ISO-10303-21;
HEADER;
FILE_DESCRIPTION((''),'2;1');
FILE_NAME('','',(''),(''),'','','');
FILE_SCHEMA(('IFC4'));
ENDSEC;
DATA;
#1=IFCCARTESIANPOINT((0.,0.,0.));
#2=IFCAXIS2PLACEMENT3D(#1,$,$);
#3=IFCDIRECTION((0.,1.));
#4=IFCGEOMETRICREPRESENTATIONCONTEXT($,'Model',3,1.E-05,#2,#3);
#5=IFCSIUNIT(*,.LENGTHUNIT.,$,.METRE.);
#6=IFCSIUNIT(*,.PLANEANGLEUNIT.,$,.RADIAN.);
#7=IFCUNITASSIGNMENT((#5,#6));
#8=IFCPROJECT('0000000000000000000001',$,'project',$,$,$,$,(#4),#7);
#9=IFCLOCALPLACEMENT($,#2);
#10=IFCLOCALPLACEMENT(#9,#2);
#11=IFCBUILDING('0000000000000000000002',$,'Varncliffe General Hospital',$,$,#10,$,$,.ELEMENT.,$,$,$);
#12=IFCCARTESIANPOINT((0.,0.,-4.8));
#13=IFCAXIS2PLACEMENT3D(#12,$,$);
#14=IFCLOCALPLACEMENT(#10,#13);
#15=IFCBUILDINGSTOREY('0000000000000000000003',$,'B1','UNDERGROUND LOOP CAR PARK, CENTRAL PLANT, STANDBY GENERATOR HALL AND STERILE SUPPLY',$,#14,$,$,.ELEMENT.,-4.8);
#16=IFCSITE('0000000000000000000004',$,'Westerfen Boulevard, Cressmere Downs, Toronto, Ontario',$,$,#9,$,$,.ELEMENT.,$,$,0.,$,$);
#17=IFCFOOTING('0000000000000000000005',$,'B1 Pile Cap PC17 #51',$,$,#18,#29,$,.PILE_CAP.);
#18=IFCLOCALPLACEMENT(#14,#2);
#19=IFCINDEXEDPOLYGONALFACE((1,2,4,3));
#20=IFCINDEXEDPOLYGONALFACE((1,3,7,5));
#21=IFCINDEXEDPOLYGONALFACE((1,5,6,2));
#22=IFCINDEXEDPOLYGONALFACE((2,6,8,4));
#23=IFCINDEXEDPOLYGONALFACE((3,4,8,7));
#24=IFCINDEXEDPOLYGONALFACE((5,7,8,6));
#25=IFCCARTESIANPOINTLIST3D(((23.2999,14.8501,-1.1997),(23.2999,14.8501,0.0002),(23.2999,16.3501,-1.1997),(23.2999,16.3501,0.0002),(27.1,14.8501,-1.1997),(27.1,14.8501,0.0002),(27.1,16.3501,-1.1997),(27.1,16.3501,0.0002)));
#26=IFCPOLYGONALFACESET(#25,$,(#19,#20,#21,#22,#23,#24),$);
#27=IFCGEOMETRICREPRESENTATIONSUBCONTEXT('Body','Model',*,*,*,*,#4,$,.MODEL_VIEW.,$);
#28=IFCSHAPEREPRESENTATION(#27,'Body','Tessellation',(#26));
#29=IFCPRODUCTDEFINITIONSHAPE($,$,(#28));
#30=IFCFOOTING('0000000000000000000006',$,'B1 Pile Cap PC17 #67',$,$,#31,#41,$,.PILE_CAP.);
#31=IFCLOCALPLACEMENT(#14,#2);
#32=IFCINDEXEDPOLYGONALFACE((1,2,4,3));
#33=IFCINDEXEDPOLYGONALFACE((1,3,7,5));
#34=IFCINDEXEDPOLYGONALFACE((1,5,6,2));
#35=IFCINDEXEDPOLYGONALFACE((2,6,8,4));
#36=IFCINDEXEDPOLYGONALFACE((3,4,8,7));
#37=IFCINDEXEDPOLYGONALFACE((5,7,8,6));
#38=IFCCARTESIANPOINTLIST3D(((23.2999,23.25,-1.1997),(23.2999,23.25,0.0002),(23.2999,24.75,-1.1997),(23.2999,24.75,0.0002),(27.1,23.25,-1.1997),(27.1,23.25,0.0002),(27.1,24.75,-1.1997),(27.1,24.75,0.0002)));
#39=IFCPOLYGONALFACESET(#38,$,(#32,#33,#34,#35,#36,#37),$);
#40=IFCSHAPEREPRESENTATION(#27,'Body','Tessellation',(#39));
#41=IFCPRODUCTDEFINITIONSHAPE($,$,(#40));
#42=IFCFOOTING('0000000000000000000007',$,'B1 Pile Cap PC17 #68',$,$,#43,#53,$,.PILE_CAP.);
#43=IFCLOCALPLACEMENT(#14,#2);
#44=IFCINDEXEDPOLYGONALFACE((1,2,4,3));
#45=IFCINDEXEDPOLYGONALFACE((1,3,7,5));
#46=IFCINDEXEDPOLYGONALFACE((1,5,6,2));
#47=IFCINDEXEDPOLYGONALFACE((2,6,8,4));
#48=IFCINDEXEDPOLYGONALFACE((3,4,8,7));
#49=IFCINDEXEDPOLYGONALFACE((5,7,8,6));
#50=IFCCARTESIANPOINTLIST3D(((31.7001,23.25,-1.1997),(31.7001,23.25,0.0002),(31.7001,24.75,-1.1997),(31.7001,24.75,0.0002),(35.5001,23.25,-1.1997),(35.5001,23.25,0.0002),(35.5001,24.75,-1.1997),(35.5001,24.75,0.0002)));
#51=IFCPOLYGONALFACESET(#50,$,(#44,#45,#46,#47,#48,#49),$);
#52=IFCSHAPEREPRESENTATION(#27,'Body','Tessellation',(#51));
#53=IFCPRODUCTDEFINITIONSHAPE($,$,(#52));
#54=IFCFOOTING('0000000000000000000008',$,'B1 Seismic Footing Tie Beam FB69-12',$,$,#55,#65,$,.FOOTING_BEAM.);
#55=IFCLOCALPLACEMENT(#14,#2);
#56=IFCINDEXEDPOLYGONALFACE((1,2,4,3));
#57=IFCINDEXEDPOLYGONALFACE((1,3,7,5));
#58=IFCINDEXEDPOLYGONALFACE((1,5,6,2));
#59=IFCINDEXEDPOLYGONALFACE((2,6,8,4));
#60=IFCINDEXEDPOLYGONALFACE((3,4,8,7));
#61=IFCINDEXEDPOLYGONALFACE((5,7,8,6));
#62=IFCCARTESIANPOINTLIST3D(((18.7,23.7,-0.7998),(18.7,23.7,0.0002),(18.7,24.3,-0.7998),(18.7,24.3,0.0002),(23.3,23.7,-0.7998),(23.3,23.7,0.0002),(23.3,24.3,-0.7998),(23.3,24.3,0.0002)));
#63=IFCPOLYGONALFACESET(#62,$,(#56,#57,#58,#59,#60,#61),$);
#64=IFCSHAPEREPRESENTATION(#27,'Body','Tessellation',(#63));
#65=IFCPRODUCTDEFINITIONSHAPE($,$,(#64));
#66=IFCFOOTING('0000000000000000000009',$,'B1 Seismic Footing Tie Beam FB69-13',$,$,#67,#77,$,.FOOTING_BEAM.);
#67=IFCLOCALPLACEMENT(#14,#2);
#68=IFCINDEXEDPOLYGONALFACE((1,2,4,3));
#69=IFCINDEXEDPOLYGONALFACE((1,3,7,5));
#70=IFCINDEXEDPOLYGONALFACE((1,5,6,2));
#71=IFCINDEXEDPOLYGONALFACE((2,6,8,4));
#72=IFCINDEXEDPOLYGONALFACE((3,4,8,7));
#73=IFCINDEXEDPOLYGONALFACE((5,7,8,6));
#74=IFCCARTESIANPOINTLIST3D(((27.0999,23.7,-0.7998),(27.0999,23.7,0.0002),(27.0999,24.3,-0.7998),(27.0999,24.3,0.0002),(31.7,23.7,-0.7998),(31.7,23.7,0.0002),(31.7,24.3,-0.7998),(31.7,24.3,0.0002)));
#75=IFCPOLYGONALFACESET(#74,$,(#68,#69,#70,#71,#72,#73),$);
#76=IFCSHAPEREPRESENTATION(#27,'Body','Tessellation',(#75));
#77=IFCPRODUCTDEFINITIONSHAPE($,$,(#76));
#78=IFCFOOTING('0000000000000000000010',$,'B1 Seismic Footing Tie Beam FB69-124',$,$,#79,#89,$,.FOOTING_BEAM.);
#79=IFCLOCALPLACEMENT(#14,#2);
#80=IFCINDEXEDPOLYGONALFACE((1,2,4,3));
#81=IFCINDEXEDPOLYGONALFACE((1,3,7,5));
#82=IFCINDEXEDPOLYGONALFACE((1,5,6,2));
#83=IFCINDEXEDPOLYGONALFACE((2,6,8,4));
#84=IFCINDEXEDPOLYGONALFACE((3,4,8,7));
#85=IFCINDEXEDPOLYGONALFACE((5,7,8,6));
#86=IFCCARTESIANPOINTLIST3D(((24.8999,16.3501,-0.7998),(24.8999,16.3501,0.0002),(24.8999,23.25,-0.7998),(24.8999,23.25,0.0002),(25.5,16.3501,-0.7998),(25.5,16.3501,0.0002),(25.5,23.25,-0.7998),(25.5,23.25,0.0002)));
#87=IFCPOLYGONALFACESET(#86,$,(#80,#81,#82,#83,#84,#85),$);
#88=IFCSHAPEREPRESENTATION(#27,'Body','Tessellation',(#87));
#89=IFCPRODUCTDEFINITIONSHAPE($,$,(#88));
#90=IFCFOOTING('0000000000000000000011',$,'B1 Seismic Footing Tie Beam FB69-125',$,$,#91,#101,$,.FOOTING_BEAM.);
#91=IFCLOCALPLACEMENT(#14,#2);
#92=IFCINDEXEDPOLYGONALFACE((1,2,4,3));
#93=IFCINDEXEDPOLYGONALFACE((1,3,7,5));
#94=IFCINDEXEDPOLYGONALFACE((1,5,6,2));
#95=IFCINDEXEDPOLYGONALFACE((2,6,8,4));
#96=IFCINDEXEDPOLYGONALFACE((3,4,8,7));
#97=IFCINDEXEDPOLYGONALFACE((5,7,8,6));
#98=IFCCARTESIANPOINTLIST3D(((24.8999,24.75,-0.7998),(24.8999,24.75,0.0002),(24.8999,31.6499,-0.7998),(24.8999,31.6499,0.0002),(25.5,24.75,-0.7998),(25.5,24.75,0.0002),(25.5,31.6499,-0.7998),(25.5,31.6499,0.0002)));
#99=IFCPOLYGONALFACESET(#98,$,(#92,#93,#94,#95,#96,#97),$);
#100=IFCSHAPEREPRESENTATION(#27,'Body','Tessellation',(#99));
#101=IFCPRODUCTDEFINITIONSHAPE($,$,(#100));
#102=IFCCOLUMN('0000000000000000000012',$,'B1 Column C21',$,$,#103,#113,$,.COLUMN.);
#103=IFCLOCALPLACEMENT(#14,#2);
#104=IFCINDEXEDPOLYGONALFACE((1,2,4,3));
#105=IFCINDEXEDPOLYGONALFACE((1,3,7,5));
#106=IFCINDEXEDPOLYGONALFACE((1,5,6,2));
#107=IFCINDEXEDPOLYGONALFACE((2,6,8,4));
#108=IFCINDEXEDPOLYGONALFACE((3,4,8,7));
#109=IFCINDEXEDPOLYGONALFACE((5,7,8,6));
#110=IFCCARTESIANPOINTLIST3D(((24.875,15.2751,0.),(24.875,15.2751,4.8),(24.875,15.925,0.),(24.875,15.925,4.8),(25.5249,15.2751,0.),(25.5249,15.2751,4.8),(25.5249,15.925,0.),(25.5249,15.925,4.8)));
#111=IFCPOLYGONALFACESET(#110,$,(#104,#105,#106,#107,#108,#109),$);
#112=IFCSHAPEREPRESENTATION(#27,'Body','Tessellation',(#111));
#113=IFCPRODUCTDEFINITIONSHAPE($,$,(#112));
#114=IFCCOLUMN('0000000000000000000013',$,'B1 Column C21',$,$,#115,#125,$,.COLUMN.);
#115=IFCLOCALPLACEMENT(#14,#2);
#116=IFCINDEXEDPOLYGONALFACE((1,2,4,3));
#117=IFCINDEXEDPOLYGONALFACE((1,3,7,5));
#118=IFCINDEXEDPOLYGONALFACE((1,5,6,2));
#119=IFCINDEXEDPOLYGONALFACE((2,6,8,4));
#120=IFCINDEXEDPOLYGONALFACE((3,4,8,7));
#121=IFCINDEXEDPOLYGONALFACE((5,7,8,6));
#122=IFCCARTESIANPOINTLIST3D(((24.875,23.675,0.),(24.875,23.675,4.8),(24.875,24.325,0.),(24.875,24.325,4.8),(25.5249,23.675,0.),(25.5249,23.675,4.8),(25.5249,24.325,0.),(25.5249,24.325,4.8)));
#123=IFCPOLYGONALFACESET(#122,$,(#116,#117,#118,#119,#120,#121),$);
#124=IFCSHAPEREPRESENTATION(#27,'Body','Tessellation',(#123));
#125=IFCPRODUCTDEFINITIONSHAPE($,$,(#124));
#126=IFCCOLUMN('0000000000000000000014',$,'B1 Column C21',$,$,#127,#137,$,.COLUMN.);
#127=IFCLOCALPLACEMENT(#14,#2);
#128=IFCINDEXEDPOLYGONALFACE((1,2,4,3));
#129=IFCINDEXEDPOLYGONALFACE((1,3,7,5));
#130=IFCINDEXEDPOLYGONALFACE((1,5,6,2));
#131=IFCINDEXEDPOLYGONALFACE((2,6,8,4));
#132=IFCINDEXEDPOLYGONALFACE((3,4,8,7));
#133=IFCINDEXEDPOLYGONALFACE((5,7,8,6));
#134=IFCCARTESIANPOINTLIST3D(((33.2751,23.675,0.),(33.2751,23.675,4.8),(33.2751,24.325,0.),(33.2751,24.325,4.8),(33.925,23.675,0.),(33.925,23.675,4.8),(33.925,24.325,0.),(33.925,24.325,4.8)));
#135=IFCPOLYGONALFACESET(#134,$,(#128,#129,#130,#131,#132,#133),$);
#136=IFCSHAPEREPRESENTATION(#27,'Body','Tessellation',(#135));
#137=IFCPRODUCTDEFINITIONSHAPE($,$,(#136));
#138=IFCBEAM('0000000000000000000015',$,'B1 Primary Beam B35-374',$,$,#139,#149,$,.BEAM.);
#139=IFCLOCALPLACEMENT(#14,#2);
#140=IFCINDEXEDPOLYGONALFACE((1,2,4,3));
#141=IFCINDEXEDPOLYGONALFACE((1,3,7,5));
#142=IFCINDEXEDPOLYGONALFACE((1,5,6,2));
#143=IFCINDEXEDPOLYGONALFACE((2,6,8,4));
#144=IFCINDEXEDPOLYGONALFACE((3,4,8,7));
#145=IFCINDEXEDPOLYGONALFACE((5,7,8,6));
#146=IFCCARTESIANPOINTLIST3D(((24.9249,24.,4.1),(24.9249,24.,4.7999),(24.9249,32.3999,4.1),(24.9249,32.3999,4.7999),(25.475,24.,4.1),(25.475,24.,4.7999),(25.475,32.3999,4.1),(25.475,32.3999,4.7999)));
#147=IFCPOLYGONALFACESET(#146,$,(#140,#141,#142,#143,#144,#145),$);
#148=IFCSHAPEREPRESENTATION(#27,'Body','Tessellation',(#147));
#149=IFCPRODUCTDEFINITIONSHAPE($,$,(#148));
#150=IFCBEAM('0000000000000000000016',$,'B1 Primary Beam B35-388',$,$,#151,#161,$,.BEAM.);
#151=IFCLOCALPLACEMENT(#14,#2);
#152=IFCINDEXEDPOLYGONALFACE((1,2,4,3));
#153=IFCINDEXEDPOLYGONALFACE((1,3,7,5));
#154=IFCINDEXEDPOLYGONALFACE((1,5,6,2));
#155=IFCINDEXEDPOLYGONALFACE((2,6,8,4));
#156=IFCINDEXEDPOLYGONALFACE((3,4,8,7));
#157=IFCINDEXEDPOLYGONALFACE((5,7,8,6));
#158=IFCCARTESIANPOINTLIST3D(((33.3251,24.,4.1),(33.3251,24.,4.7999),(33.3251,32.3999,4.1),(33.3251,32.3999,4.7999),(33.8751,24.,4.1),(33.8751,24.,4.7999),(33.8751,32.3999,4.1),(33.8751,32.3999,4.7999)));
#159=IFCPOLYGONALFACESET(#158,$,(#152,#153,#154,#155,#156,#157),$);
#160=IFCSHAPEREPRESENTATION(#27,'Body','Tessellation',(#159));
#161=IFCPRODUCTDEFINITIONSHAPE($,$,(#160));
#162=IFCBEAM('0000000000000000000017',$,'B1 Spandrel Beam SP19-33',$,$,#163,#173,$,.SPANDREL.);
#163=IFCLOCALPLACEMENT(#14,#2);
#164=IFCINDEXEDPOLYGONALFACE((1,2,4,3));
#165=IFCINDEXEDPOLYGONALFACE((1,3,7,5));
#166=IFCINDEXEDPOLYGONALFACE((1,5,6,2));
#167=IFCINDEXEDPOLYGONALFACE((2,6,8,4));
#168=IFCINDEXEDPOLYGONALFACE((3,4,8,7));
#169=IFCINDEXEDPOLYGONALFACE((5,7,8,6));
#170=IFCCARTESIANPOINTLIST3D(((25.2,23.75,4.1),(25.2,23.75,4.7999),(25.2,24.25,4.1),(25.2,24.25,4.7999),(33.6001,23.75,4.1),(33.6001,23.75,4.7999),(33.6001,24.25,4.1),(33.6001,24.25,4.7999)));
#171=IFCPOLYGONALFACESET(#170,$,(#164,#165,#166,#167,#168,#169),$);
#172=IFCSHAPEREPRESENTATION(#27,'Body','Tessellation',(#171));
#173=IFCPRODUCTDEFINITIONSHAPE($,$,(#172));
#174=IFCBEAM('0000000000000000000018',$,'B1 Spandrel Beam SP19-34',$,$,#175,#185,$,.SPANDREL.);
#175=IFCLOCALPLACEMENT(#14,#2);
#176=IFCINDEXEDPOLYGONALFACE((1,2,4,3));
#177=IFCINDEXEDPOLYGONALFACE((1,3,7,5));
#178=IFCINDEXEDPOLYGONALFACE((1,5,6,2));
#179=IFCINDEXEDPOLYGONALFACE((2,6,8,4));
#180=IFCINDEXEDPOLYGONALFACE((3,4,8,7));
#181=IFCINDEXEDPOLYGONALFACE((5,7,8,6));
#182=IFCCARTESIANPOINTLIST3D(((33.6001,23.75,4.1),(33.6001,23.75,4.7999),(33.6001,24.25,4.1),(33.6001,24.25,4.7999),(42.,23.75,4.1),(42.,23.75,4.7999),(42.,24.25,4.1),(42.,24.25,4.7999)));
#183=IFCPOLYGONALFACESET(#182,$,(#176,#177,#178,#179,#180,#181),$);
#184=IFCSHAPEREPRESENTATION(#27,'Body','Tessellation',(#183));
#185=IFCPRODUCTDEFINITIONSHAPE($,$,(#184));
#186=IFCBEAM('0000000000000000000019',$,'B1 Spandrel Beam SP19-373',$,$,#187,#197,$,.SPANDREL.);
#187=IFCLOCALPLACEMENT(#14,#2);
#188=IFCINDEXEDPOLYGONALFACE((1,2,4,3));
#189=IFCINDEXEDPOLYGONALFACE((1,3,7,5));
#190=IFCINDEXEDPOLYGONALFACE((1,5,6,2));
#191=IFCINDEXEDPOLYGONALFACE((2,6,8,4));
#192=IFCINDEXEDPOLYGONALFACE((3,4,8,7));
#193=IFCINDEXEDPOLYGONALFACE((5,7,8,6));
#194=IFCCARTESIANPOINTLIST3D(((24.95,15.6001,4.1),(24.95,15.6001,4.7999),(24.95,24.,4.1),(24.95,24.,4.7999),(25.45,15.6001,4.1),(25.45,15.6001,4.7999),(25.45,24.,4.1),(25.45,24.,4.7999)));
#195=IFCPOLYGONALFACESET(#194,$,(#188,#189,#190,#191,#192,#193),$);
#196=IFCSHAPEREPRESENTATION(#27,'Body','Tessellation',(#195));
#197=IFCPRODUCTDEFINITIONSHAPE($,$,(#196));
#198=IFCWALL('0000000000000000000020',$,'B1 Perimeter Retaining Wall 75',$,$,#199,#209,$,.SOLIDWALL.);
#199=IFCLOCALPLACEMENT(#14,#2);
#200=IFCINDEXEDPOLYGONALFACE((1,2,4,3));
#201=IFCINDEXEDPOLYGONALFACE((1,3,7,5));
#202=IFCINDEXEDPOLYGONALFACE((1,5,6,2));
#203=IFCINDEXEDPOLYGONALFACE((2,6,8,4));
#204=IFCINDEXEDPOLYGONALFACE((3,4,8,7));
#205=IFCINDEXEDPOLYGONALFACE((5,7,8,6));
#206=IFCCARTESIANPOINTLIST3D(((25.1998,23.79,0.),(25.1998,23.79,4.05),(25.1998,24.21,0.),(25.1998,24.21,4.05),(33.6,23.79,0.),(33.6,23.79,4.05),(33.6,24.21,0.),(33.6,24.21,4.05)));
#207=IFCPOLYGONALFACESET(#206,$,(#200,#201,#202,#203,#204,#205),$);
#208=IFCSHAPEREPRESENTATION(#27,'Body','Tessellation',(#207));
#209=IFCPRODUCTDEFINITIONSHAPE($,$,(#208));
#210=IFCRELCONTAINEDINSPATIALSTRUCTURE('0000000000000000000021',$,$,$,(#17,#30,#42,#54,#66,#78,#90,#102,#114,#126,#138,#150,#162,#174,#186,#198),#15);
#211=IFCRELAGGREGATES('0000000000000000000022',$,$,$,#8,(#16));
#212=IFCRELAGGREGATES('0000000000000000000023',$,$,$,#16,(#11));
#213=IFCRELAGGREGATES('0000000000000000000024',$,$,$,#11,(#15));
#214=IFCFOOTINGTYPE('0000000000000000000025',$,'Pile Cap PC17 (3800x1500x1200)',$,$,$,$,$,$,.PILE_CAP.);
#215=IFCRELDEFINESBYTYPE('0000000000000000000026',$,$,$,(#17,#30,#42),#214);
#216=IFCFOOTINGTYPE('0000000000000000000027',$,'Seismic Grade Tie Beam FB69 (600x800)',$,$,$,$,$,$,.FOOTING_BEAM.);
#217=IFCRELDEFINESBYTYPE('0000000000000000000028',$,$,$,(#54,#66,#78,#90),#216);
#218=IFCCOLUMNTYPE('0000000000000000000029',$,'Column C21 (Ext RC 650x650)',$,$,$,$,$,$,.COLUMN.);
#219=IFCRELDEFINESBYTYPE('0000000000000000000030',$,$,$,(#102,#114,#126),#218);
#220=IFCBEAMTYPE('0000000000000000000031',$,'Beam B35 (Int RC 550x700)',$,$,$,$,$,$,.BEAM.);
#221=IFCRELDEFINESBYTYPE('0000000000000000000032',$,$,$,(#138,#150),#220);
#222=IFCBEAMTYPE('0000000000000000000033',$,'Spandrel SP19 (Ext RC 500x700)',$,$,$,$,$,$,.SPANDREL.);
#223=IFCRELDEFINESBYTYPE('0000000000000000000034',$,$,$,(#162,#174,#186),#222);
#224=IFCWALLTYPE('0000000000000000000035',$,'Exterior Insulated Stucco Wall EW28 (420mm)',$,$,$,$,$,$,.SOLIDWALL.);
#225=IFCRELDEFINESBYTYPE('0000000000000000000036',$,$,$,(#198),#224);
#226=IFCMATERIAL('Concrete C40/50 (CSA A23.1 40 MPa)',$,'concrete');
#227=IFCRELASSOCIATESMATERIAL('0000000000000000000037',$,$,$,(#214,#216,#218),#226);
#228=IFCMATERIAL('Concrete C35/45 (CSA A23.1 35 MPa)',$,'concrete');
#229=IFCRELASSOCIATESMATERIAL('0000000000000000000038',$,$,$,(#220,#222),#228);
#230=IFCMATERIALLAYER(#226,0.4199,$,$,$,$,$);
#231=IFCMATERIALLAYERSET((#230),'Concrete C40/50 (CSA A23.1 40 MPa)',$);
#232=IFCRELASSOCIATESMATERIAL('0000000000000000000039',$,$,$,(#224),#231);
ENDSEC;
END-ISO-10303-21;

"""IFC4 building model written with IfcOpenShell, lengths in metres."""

from ifc_helpers import new_model, si_unit, direction, frame, frame_2d, origin, origin_2d, place, context, subcontext, project, spatial, rectangle, extrude, material, layer, layer_set, material_profile, profile_set, type_object, element, save


model = new_model("IFC4")

# Units and contexts
model_context = context("Model", 3, precision=1e-05, world=origin(), true_north=direction((0.0, 1.0)))
body_context = subcontext(model_context, "Body", "Model", "MODEL_VIEW")
ifc_project = project(units=[si_unit("LENGTHUNIT", "METRE"), si_unit("PLANEANGLEUNIT", "RADIAN")], contexts=[model_context])

# Site, building, storey
site_placement = place(None, origin())
site = spatial("IfcSite", under=ifc_project, at=site_placement, Name="Westerfen Boulevard, Cressmere Downs, Toronto, Ontario", CompositionType="ELEMENT", RefElevation=0.0)
building_placement = place(site_placement, origin())
building = spatial("IfcBuilding", under=site, at=building_placement, Name="Varncliffe General Hospital", CompositionType="ELEMENT")
storey_placement = place(building_placement, frame((0.0, 0.0, -4.8)))
storey = spatial("IfcBuildingStorey", under=building, at=storey_placement, Name="B1", Description="UNDERGROUND LOOP CAR PARK, CENTRAL PLANT, STANDBY GENERATOR HALL AND STERILE SUPPLY", CompositionType="ELEMENT", Elevation=-4.8)

# Shared definitions
ifc_material_1 = material(Name="Concrete C40/50 (CSA A23.1 40 MPa)", Category="concrete")

# Footings
footing_type_1 = type_object("IfcFootingType", Name="Pile Cap PC17 (3800x1500x1200)", PredefinedType="PILE_CAP", material=ifc_material_1)
for number, where, z_axis, x_axis, name in (
    (1, (25.2, 15.6001, -1.1997), (0.0, 0.0, 1.0), (1.0, 0.0, 0.0), "B1 Pile Cap PC17 #51"),
    (2, (25.2, 24.0, -1.1997), (0.0, 0.0, 1.0), (1.0, 0.0, 0.0), "B1 Pile Cap PC17 #67"),
    (3, (33.6001, 24.0, -1.1997), (0.0, 0.0, 1.0), (1.0, 0.0, 0.0), "B1 Pile Cap PC17 #68"),
):
    element("IfcFooting", number, at=place(storey_placement, frame(where, z_axis=z_axis, x_axis=x_axis)), inside=storey, type_object=footing_type_1, Name=name, PredefinedType="PILE_CAP", context=body_context, shape_type="SweptSolid", body=[
        extrude(rectangle(XDim=3.8, YDim=1.5, at=origin_2d()), origin(), (0.0, 0.0, 1.0), 1.2),
    ])
footing_type_2 = type_object("IfcFootingType", Name="Seismic Grade Tie Beam FB69 (600x800)", PredefinedType="FOOTING_BEAM", material=ifc_material_1)
for number, where, z_axis, x_axis, name in (
    (4, (21.0, 24.0, -0.7998), (0.0, 0.0, 1.0), (1.0, 0.0, 0.0), "B1 Seismic Footing Tie Beam FB69-12"),
    (5, (29.3999, 24.0, -0.7998), (0.0, 0.0, 1.0), (1.0, 0.0, 0.0), "B1 Seismic Footing Tie Beam FB69-13"),
):
    element("IfcFooting", number, at=place(storey_placement, frame(where, z_axis=z_axis, x_axis=x_axis)), inside=storey, type_object=footing_type_2, Name=name, PredefinedType="FOOTING_BEAM", context=body_context, shape_type="SweptSolid", body=[
        extrude(rectangle(XDim=4.6001, YDim=0.6001, at=origin_2d()), origin(), (0.0, 0.0, 1.0), 0.8),
    ])
for number, where, z_axis, x_axis, name in (
    (6, (25.2, 19.8, -0.7998), (0.0, 0.0, 1.0), (1.0, 0.0, 0.0), "B1 Seismic Footing Tie Beam FB69-124"),
    (7, (25.2, 28.2, -0.7998), (0.0, 0.0, 1.0), (1.0, 0.0, 0.0), "B1 Seismic Footing Tie Beam FB69-125"),
):
    element("IfcFooting", number, at=place(storey_placement, frame(where, z_axis=z_axis, x_axis=x_axis)), inside=storey, type_object=footing_type_2, Name=name, PredefinedType="FOOTING_BEAM", context=body_context, shape_type="SweptSolid", body=[
        extrude(rectangle(XDim=0.6001, YDim=6.8999, at=origin_2d()), origin(), (0.0, 0.0, 1.0), 0.8),
    ])

# Columns
ifc_material_profile_1 = material_profile(ifc_material_1, rectangle(XDim=0.6499, YDim=0.6499, at=origin_2d()), Name="RC 650x650")
ifc_profile_set_1 = profile_set([ifc_material_profile_1], Name="Concrete C40/50 (CSA A23.1 40 MPa)")
column_type = type_object("IfcColumnType", Name="Column C21 (Ext RC 650x650)", PredefinedType="COLUMN", material=ifc_profile_set_1)
for number, where, z_axis, x_axis, name in (
    (8, (25.2, 15.6001, 0.0), (0.0, 0.0, 1.0), (1.0, 0.0, 0.0), "B1 Column C21"),
    (9, (25.2, 24.0, 0.0), (0.0, 0.0, 1.0), (1.0, 0.0, 0.0), "B1 Column C21"),
    (10, (33.6001, 24.0, 0.0), (0.0, 0.0, 1.0), (1.0, 0.0, 0.0), "B1 Column C21"),
):
    element("IfcColumn", number, at=place(storey_placement, frame(where, z_axis=z_axis, x_axis=x_axis)), inside=storey, type_object=column_type, Name=name, PredefinedType="COLUMN", context=body_context, shape_type="SweptSolid", body=[
        extrude(rectangle(XDim=0.6499, YDim=0.6499, at=origin_2d()), origin(), (0.0, 0.0, 1.0), 4.8),
    ])

# Beams
ifc_material_2 = material(Name="Concrete C35/45 (CSA A23.1 35 MPa)", Category="concrete")
ifc_material_profile_2 = material_profile(ifc_material_2, rectangle(XDim=0.55, YDim=0.7, at=origin_2d()), Name="RC 550x700")
ifc_profile_set_2 = profile_set([ifc_material_profile_2], Name="Concrete C35/45 (CSA A23.1 35 MPa)")
beam_type_1 = type_object("IfcBeamType", Name="Beam B35 (Int RC 550x700)", PredefinedType="BEAM", material=ifc_profile_set_2)
for number, where, z_axis, x_axis, name in (
    (11, (25.2, 24.0, 4.45), (0.0, 1.0, 0.0), (-1.0, 0.0, 0.0), "B1 Primary Beam B35-374"),
    (12, (33.6001, 24.0, 4.45), (0.0, 1.0, 0.0), (-1.0, 0.0, 0.0), "B1 Primary Beam B35-388"),
):
    element("IfcBeam", number, at=place(storey_placement, frame(where, z_axis=z_axis, x_axis=x_axis)), inside=storey, type_object=beam_type_1, Name=name, PredefinedType="BEAM", context=body_context, shape_type="SweptSolid", body=[
        extrude(rectangle(XDim=0.55, YDim=0.7, at=origin_2d()), origin(), (0.0, 0.0, 1.0), 8.3999),
    ])
ifc_material_profile_3 = material_profile(ifc_material_2, rectangle(XDim=0.5, YDim=0.7, at=origin_2d()), Name="RC 500x700")
ifc_profile_set_3 = profile_set([ifc_material_profile_3], Name="Concrete C35/45 (CSA A23.1 35 MPa)")
beam_type_2 = type_object("IfcBeamType", Name="Spandrel SP19 (Ext RC 500x700)", PredefinedType="SPANDREL", material=ifc_profile_set_3)
beam_placement = place(storey_placement, frame((25.2, 24.0, 4.45), z_axis=(1.0, 0.0, 0.0), x_axis=(0.0, 1.0, 0.0)))
element("IfcBeam", 13, at=beam_placement, inside=storey, type_object=beam_type_2, Name="B1 Spandrel Beam SP19-33", PredefinedType="SPANDREL", context=body_context, shape_type="SweptSolid", body=[
    extrude(rectangle(XDim=0.5, YDim=0.7, at=origin_2d()), origin(), (0.0, 0.0, 1.0), 8.4001),
])
for number, where, z_axis, x_axis, name in (
    (14, (33.6001, 24.0, 4.45), (1.0, 0.0, 0.0), (0.0, 1.0, 0.0), "B1 Spandrel Beam SP19-34"),
    (15, (25.2, 15.6001, 4.45), (0.0, 1.0, 0.0), (-1.0, 0.0, 0.0), "B1 Spandrel Beam SP19-373"),
):
    element("IfcBeam", number, at=place(storey_placement, frame(where, z_axis=z_axis, x_axis=x_axis)), inside=storey, type_object=beam_type_2, Name=name, PredefinedType="SPANDREL", context=body_context, shape_type="SweptSolid", body=[
        extrude(rectangle(XDim=0.5, YDim=0.7, at=origin_2d()), origin(), (0.0, 0.0, 1.0), 8.3999),
    ])

# Wall
ifc_layer = layer(ifc_material_1, 0.4199)
ifc_layer_set = layer_set([ifc_layer], Name="Concrete C40/50 (CSA A23.1 40 MPa)")
wall_type = type_object("IfcWallType", Name="Exterior Insulated Stucco Wall EW28 (420mm)", PredefinedType="SOLIDWALL", material=ifc_layer_set)
wall_placement = place(storey_placement, frame((33.6001, 24.0, 0.0), z_axis=(0.0, 0.0, 1.0), x_axis=(-1.0, 0.0, 0.0)))
element("IfcWall", 16, at=wall_placement, inside=storey, type_object=wall_type, Name="B1 Perimeter Retaining Wall 75", PredefinedType="SOLIDWALL", context=body_context, shape_type="SweptSolid", body=[
    extrude(rectangle(XDim=8.4001, YDim=0.4199, at=frame_2d((4.2002, 0.0))), origin(), (0.0, 0.0, 1.0), 4.05),
])

save(model, "model.ifc")
